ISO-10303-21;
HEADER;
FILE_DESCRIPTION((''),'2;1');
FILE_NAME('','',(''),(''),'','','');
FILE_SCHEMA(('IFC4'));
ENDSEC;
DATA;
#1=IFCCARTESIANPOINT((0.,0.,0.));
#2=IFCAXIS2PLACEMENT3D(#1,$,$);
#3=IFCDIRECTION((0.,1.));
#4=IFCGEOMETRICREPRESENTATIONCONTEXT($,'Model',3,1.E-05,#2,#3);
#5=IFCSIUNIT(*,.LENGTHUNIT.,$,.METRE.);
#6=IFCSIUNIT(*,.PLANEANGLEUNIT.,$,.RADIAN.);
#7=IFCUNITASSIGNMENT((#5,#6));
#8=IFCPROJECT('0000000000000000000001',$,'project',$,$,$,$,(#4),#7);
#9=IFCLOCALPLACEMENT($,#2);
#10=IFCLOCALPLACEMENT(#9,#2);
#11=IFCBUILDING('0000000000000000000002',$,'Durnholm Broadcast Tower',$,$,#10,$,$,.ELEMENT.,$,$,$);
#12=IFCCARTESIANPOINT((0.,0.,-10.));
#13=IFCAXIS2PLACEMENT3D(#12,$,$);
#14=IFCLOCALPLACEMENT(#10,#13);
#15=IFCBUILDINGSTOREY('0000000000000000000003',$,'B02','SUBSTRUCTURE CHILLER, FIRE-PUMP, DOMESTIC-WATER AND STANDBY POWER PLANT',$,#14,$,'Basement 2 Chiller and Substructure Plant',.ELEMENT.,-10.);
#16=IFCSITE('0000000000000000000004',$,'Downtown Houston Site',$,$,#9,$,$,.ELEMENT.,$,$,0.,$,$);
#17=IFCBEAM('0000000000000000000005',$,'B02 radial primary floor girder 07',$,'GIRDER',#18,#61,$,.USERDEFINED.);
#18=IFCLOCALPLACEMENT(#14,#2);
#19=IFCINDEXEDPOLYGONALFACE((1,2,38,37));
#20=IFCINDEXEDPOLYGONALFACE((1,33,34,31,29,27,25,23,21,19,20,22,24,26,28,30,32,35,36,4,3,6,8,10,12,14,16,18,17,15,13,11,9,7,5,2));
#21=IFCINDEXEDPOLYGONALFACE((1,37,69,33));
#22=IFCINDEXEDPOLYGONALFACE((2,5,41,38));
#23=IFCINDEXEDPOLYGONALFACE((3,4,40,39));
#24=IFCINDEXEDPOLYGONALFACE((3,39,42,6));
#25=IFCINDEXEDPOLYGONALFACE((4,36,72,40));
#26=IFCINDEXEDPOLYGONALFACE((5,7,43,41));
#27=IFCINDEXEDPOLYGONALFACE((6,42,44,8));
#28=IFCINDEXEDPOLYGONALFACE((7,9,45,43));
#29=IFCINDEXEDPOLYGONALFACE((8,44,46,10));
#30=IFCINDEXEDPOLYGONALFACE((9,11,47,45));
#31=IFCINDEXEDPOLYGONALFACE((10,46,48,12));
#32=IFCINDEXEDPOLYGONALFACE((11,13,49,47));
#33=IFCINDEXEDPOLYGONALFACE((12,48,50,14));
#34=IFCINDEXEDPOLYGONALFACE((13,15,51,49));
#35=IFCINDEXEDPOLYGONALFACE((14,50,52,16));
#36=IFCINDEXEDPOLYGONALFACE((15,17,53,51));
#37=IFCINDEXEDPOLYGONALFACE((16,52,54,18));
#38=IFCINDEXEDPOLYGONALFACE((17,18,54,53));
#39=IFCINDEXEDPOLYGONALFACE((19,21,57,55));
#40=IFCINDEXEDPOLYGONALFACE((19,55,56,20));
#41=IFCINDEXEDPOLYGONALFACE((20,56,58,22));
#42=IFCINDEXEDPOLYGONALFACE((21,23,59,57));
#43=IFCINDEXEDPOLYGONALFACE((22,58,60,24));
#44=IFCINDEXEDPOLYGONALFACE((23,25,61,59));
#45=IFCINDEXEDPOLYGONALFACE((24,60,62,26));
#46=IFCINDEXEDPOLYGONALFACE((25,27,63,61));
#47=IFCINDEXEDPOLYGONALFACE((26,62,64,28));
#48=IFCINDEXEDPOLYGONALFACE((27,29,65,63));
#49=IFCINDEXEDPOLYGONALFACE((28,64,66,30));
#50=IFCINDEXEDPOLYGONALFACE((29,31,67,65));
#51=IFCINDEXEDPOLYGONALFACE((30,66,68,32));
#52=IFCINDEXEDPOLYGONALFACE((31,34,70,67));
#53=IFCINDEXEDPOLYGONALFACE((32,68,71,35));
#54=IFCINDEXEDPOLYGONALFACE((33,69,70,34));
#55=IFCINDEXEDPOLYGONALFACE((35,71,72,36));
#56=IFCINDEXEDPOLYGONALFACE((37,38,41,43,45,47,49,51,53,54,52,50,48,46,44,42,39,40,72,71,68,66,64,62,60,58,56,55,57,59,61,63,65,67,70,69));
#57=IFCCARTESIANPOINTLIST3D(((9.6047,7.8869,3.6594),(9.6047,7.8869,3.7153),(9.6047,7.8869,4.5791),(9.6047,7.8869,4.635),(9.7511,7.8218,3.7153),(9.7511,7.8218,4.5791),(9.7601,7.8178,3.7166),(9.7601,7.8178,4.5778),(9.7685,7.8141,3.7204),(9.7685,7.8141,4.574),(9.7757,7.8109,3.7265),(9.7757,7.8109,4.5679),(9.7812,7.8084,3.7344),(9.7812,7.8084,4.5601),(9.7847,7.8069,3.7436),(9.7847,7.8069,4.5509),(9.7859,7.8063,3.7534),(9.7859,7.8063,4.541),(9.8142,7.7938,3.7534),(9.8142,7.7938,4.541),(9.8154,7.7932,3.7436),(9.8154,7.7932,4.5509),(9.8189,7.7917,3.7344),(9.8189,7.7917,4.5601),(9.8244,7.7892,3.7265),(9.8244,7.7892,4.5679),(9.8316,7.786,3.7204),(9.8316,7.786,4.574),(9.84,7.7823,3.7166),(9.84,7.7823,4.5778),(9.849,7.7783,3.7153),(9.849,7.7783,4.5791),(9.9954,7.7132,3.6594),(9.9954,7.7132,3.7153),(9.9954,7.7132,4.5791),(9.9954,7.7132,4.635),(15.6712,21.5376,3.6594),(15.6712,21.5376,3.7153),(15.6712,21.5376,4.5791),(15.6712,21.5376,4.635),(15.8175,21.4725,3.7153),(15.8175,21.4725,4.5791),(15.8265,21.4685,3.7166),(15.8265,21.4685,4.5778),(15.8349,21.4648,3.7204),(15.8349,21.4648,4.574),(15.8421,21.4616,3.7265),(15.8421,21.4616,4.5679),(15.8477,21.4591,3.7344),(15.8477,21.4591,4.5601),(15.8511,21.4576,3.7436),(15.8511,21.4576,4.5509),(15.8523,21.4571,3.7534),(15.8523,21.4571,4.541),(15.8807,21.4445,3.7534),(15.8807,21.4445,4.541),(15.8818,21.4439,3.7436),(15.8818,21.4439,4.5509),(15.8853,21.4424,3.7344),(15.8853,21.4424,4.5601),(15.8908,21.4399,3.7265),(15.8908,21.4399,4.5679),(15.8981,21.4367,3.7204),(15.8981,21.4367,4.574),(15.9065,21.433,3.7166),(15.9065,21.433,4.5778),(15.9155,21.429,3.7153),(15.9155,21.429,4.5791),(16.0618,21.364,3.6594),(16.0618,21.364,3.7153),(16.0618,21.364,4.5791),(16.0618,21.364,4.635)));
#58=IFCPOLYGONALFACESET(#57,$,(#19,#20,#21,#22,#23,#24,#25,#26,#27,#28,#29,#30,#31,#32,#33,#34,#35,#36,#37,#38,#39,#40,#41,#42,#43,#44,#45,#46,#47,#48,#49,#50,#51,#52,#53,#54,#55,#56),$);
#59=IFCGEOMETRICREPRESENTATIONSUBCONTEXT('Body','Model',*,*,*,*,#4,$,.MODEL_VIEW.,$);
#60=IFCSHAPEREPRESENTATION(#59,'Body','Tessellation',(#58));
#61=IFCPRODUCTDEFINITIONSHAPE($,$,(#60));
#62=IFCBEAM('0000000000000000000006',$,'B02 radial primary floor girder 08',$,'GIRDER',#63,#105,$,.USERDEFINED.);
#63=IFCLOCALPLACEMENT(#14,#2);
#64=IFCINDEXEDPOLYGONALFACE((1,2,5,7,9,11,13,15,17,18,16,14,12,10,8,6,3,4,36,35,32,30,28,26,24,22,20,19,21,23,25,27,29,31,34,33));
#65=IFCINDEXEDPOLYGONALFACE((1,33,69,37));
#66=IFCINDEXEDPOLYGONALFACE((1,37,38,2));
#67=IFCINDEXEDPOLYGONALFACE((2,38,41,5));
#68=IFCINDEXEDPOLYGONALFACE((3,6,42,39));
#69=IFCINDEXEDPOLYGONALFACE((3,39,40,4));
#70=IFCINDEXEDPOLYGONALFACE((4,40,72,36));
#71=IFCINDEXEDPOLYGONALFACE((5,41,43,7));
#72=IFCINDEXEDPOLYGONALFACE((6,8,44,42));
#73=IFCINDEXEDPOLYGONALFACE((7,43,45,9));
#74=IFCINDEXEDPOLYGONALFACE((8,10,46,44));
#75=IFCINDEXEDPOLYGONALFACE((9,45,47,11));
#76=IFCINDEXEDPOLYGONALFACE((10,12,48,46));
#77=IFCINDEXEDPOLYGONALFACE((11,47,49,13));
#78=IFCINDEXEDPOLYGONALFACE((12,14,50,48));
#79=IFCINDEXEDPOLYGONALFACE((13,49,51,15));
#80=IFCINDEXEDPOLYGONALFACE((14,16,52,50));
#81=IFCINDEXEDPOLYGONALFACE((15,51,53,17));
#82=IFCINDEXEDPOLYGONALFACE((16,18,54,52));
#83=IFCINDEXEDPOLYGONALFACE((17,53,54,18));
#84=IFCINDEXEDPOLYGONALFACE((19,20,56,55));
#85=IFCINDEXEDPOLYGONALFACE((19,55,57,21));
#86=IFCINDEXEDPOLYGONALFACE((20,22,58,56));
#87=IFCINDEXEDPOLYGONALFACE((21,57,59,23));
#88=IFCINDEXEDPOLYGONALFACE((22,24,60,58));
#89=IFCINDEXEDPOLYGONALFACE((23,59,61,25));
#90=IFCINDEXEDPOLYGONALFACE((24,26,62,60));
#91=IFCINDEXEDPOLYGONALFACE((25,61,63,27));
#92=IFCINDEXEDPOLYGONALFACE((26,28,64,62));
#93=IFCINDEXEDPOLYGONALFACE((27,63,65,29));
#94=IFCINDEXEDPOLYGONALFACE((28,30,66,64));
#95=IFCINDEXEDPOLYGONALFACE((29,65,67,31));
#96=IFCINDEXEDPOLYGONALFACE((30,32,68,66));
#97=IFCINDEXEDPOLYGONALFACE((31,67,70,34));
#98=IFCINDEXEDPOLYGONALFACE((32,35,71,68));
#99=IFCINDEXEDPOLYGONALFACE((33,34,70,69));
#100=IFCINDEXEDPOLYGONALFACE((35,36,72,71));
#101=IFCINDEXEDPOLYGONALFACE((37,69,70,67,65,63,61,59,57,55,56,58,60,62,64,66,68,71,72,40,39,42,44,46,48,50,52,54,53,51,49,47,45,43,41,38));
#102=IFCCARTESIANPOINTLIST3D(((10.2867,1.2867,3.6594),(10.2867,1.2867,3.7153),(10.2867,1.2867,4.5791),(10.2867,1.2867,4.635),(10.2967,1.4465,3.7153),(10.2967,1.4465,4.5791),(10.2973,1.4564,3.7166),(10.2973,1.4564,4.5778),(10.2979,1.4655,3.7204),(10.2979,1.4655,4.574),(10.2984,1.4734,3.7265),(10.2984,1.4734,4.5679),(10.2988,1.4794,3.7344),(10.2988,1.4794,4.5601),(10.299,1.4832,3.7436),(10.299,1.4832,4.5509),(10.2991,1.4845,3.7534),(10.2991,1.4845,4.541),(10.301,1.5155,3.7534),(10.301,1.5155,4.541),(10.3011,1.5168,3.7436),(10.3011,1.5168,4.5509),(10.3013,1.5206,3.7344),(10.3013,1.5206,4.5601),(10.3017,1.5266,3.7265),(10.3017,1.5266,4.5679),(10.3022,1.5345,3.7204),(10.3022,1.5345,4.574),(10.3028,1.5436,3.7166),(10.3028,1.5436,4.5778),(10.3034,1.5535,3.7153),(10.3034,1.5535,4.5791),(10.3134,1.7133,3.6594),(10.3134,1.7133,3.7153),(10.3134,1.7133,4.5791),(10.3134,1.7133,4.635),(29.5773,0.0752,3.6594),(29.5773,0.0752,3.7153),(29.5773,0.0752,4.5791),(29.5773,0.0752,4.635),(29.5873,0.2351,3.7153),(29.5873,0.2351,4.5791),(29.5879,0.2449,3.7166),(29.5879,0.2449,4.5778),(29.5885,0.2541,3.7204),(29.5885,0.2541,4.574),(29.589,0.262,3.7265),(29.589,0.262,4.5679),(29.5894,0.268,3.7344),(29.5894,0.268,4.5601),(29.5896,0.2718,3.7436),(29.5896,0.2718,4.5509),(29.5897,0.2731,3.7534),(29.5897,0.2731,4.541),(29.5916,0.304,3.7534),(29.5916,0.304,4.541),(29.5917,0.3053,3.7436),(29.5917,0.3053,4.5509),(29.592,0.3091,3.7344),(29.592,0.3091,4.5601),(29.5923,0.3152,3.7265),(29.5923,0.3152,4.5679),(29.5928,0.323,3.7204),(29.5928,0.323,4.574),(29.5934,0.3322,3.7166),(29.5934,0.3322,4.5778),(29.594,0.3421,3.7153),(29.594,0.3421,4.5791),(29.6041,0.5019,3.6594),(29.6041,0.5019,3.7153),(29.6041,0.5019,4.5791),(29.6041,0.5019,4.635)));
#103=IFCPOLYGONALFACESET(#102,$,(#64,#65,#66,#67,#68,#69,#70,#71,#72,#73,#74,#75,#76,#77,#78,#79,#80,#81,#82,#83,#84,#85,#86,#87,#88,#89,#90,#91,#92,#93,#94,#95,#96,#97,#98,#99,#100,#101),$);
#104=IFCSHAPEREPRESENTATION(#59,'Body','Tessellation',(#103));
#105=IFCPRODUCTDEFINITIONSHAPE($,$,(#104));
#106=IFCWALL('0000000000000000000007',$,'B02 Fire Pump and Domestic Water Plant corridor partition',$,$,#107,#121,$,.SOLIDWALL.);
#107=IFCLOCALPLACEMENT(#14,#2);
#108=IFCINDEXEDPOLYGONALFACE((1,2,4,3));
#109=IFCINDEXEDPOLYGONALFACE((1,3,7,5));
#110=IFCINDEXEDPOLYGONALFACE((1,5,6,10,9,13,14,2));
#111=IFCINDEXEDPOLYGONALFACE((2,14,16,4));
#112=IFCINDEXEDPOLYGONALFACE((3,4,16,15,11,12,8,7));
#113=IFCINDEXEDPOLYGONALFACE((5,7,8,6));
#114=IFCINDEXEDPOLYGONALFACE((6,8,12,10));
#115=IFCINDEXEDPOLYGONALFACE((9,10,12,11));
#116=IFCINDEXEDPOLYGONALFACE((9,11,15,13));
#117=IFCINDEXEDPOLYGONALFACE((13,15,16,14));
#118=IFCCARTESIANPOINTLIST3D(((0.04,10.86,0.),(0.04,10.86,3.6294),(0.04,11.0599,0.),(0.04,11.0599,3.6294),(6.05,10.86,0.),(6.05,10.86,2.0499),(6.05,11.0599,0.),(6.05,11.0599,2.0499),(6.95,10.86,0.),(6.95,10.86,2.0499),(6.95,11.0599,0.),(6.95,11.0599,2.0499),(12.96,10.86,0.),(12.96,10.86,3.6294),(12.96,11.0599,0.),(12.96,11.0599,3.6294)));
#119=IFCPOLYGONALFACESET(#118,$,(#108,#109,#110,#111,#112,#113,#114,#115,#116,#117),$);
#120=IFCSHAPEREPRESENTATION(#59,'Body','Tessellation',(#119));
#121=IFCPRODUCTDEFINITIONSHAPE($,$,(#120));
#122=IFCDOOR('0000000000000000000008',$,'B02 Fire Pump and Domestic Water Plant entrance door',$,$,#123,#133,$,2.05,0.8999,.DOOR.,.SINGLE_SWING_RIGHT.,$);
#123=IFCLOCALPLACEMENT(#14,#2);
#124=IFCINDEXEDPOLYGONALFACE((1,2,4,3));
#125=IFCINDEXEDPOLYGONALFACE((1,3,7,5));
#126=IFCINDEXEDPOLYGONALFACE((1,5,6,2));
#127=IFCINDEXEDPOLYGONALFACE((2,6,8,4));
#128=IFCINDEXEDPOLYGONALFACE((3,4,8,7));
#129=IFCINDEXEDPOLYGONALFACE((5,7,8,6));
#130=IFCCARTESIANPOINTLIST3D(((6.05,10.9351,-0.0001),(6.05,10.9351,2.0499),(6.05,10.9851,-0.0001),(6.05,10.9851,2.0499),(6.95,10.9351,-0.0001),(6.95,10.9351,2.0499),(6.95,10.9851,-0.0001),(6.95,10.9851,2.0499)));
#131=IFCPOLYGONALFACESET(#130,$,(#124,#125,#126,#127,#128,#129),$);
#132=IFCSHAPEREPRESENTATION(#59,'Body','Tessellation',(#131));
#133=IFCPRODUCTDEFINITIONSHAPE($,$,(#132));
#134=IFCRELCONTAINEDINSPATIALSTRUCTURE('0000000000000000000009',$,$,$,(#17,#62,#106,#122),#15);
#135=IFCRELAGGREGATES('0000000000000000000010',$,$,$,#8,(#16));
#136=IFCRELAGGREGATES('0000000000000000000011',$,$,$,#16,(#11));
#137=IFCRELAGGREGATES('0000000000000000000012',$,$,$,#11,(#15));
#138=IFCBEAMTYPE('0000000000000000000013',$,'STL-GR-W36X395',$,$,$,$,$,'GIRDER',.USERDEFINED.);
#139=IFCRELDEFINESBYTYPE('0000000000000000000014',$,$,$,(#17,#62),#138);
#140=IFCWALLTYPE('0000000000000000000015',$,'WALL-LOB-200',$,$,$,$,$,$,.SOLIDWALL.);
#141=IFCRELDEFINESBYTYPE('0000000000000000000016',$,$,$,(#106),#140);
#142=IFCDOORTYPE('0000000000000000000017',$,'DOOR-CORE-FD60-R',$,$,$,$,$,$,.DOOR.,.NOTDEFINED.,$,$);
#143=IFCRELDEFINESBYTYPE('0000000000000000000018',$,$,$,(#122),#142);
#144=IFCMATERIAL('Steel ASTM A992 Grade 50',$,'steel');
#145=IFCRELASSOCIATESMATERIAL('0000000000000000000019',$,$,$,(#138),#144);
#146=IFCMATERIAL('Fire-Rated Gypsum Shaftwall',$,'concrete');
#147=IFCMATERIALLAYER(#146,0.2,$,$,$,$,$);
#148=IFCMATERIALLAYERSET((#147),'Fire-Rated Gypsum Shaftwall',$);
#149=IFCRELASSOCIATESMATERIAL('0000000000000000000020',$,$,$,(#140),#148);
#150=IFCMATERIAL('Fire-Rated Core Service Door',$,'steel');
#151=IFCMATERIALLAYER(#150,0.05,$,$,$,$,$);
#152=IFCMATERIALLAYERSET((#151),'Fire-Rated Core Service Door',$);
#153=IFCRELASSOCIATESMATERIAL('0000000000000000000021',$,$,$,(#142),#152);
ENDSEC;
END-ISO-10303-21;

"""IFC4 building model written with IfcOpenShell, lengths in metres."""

from ifc_helpers import new_model, si_unit, direction, frame, frame_2d, origin, origin_2d, place, context, subcontext, project, spatial, rectangle, i_section, extrude, source, transform, mapped, material, layer, layer_set, material_profile, profile_set, type_object, type_shapes, element, fill, save


model = new_model("IFC4")

# Units and contexts
model_context = context("Model", 3, precision=1e-05, world=origin(), true_north=direction((0.0, 1.0)))
body_context = subcontext(model_context, "Body", "Model", "MODEL_VIEW")
ifc_project = project(units=[si_unit("LENGTHUNIT", "METRE"), si_unit("PLANEANGLEUNIT", "RADIAN")], contexts=[model_context])

# Site, building, storey
site_placement = place(None, origin())
site = spatial("IfcSite", under=ifc_project, at=site_placement, Name="Downtown Houston Site", CompositionType="ELEMENT", RefElevation=0.0)
building_placement = place(site_placement, origin())
building = spatial("IfcBuilding", under=site, at=building_placement, Name="Durnholm Broadcast Tower", CompositionType="ELEMENT")
storey_placement = place(building_placement, frame((0.0, 0.0, -10.0)))
storey = spatial("IfcBuildingStorey", under=building, at=storey_placement, Name="B02", Description="SUBSTRUCTURE CHILLER, FIRE-PUMP, DOMESTIC-WATER AND STANDBY POWER PLANT", LongName="Basement 2 Chiller and Substructure Plant", CompositionType="ELEMENT", Elevation=-10.0)

# Beams
ifc_material_1 = material(Name="Steel ASTM A992 Grade 50", Category="steel")
ifc_material_profile_1 = material_profile(ifc_material_1, i_section(OverallWidth=0.4275, OverallDepth=0.9756, WebThickness=0.031, FlangeThickness=0.0559, FilletRadius=0.0381, at=origin_2d()), Name="W36X395")
ifc_profile_set_1 = profile_set([ifc_material_profile_1], Name="Steel ASTM A992 Grade 50")
beam_type_1 = type_object("IfcBeamType", Name="STL-GR-W36X395", ElementType="GIRDER", PredefinedType="USERDEFINED", material=ifc_profile_set_1)
shared_shape_1 = source(origin(), body_context, "Body", "SweptSolid", [
    extrude(i_section(OverallWidth=0.4275, OverallDepth=0.9756, WebThickness=0.031, FlangeThickness=0.0559, FilletRadius=0.0381, at=origin_2d()), origin(), (0.0, 0.0, 1.0), 14.938),
])
beam_1_placement = place(storey_placement, frame((9.8, 7.8, 4.1472), z_axis=(0.406108, 0.913825, 0.0), x_axis=(-0.913825, 0.406108, 0.0)))
element("IfcBeam", 1, at=beam_1_placement, inside=storey, type_object=beam_type_1, Name="B02 radial primary floor girder 07", ObjectType="GIRDER", PredefinedType="USERDEFINED", context=body_context, shape_type="MappedRepresentation", body=[
    mapped(shared_shape_1, transform((0.0, 0.0, 0.0), x_axis=(1.0, 0.0, 0.0), y_axis=(0.0, 1.0, 0.0), z_axis=(0.0, 0.0, 1.0), scale=1.0)),
])
shared_shape_2 = source(origin(), body_context, "Body", "SweptSolid", [
    extrude(i_section(OverallWidth=0.4275, OverallDepth=0.9756, WebThickness=0.031, FlangeThickness=0.0559, FilletRadius=0.0381, at=origin_2d()), origin(), (0.0, 0.0, 1.0), 19.3286),
])
beam_2_placement = place(storey_placement, frame((10.3, 1.5, 4.1472), z_axis=(0.998034, -0.062676, 0.0), x_axis=(0.062676, 0.998034, 0.0)))
element("IfcBeam", 2, at=beam_2_placement, inside=storey, type_object=beam_type_1, Name="B02 radial primary floor girder 08", ObjectType="GIRDER", PredefinedType="USERDEFINED", context=body_context, shape_type="MappedRepresentation", body=[
    mapped(shared_shape_2, transform((0.0, 0.0, 0.0), x_axis=(1.0, 0.0, 0.0), y_axis=(0.0, 1.0, 0.0), z_axis=(0.0, 0.0, 1.0), scale=1.0)),
])

# Wall, opening, door
ifc_material_2 = material(Name="Fire-Rated Gypsum Shaftwall", Category="concrete")
ifc_layer_1 = layer(ifc_material_2, 0.2)
ifc_layer_set_1 = layer_set([ifc_layer_1], Name="Fire-Rated Gypsum Shaftwall")
wall_type = type_object("IfcWallType", Name="WALL-LOB-200", PredefinedType="SOLIDWALL", material=ifc_layer_set_1)
wall_placement = place(storey_placement, frame((12.96, 10.96, 0.0), z_axis=(0.0, 0.0, 1.0), x_axis=(-1.0, 0.0, 0.0)))
wall = element("IfcWall", 3, at=wall_placement, inside=storey, type_object=wall_type, Name="B02 Fire Pump and Domestic Water Plant corridor partition", PredefinedType="SOLIDWALL", context=body_context, shape_type="SweptSolid", body=[
    extrude(rectangle(XDim=12.9199, YDim=0.2, at=frame_2d((6.46, 0.0))), origin(), (0.0, 0.0, 1.0), 3.6294),
])
opening_placement = place(wall_placement, frame((6.01, 0.0, 0.0)))
opening = element("IfcOpeningElement", 4, at=opening_placement, cuts=wall, PredefinedType="OPENING", context=body_context, shape_type="SweptSolid", body=[
    extrude(rectangle(XDim=0.8999, YDim=2.05, at=frame_2d((0.45, 1.0249))), frame((0.0, 0.1099, 0.0), z_axis=(0.0, -1.0, 0.0), x_axis=(1.0, 0.0, 0.0)), (0.0, 0.0, 1.0), 0.22),
])
ifc_material_3 = material(Name="Fire-Rated Core Service Door", Category="steel")
ifc_layer_2 = layer(ifc_material_3, 0.05)
ifc_layer_set_2 = layer_set([ifc_layer_2], Name="Fire-Rated Core Service Door")
door_type = type_object("IfcDoorType", Name="DOOR-CORE-FD60-R", OperationType="NOTDEFINED", PredefinedType="DOOR", material=ifc_layer_set_2)
shared_shape_3 = source(origin(), body_context, "Body", "SweptSolid", [
    extrude(rectangle(XDim=0.8999, YDim=2.05, at=frame_2d((0.45, 1.0249))), frame((0.0, 0.0249, 0.0), z_axis=(0.0, -1.0, 0.0), x_axis=(1.0, 0.0, 0.0)), (0.0, 0.0, 1.0), 0.05),
])
type_shapes(door_type, [shared_shape_3])
door_placement = place(opening_placement, origin())
door = element("IfcDoor", 5, at=door_placement, inside=storey, type_object=door_type, Name="B02 Fire Pump and Domestic Water Plant entrance door", OperationType="SINGLE_SWING_RIGHT", OverallHeight=2.05, OverallWidth=0.8999, PredefinedType="DOOR", context=body_context, shape_type="MappedRepresentation", body=[
    mapped(shared_shape_3, transform((0.0, 0.0, 0.0), x_axis=(1.0, 0.0, 0.0), y_axis=(0.0, 1.0, 0.0), z_axis=(0.0, 0.0, 1.0), scale=1.0)),
])
fill(opening, door)

save(model, "model.ifc")
